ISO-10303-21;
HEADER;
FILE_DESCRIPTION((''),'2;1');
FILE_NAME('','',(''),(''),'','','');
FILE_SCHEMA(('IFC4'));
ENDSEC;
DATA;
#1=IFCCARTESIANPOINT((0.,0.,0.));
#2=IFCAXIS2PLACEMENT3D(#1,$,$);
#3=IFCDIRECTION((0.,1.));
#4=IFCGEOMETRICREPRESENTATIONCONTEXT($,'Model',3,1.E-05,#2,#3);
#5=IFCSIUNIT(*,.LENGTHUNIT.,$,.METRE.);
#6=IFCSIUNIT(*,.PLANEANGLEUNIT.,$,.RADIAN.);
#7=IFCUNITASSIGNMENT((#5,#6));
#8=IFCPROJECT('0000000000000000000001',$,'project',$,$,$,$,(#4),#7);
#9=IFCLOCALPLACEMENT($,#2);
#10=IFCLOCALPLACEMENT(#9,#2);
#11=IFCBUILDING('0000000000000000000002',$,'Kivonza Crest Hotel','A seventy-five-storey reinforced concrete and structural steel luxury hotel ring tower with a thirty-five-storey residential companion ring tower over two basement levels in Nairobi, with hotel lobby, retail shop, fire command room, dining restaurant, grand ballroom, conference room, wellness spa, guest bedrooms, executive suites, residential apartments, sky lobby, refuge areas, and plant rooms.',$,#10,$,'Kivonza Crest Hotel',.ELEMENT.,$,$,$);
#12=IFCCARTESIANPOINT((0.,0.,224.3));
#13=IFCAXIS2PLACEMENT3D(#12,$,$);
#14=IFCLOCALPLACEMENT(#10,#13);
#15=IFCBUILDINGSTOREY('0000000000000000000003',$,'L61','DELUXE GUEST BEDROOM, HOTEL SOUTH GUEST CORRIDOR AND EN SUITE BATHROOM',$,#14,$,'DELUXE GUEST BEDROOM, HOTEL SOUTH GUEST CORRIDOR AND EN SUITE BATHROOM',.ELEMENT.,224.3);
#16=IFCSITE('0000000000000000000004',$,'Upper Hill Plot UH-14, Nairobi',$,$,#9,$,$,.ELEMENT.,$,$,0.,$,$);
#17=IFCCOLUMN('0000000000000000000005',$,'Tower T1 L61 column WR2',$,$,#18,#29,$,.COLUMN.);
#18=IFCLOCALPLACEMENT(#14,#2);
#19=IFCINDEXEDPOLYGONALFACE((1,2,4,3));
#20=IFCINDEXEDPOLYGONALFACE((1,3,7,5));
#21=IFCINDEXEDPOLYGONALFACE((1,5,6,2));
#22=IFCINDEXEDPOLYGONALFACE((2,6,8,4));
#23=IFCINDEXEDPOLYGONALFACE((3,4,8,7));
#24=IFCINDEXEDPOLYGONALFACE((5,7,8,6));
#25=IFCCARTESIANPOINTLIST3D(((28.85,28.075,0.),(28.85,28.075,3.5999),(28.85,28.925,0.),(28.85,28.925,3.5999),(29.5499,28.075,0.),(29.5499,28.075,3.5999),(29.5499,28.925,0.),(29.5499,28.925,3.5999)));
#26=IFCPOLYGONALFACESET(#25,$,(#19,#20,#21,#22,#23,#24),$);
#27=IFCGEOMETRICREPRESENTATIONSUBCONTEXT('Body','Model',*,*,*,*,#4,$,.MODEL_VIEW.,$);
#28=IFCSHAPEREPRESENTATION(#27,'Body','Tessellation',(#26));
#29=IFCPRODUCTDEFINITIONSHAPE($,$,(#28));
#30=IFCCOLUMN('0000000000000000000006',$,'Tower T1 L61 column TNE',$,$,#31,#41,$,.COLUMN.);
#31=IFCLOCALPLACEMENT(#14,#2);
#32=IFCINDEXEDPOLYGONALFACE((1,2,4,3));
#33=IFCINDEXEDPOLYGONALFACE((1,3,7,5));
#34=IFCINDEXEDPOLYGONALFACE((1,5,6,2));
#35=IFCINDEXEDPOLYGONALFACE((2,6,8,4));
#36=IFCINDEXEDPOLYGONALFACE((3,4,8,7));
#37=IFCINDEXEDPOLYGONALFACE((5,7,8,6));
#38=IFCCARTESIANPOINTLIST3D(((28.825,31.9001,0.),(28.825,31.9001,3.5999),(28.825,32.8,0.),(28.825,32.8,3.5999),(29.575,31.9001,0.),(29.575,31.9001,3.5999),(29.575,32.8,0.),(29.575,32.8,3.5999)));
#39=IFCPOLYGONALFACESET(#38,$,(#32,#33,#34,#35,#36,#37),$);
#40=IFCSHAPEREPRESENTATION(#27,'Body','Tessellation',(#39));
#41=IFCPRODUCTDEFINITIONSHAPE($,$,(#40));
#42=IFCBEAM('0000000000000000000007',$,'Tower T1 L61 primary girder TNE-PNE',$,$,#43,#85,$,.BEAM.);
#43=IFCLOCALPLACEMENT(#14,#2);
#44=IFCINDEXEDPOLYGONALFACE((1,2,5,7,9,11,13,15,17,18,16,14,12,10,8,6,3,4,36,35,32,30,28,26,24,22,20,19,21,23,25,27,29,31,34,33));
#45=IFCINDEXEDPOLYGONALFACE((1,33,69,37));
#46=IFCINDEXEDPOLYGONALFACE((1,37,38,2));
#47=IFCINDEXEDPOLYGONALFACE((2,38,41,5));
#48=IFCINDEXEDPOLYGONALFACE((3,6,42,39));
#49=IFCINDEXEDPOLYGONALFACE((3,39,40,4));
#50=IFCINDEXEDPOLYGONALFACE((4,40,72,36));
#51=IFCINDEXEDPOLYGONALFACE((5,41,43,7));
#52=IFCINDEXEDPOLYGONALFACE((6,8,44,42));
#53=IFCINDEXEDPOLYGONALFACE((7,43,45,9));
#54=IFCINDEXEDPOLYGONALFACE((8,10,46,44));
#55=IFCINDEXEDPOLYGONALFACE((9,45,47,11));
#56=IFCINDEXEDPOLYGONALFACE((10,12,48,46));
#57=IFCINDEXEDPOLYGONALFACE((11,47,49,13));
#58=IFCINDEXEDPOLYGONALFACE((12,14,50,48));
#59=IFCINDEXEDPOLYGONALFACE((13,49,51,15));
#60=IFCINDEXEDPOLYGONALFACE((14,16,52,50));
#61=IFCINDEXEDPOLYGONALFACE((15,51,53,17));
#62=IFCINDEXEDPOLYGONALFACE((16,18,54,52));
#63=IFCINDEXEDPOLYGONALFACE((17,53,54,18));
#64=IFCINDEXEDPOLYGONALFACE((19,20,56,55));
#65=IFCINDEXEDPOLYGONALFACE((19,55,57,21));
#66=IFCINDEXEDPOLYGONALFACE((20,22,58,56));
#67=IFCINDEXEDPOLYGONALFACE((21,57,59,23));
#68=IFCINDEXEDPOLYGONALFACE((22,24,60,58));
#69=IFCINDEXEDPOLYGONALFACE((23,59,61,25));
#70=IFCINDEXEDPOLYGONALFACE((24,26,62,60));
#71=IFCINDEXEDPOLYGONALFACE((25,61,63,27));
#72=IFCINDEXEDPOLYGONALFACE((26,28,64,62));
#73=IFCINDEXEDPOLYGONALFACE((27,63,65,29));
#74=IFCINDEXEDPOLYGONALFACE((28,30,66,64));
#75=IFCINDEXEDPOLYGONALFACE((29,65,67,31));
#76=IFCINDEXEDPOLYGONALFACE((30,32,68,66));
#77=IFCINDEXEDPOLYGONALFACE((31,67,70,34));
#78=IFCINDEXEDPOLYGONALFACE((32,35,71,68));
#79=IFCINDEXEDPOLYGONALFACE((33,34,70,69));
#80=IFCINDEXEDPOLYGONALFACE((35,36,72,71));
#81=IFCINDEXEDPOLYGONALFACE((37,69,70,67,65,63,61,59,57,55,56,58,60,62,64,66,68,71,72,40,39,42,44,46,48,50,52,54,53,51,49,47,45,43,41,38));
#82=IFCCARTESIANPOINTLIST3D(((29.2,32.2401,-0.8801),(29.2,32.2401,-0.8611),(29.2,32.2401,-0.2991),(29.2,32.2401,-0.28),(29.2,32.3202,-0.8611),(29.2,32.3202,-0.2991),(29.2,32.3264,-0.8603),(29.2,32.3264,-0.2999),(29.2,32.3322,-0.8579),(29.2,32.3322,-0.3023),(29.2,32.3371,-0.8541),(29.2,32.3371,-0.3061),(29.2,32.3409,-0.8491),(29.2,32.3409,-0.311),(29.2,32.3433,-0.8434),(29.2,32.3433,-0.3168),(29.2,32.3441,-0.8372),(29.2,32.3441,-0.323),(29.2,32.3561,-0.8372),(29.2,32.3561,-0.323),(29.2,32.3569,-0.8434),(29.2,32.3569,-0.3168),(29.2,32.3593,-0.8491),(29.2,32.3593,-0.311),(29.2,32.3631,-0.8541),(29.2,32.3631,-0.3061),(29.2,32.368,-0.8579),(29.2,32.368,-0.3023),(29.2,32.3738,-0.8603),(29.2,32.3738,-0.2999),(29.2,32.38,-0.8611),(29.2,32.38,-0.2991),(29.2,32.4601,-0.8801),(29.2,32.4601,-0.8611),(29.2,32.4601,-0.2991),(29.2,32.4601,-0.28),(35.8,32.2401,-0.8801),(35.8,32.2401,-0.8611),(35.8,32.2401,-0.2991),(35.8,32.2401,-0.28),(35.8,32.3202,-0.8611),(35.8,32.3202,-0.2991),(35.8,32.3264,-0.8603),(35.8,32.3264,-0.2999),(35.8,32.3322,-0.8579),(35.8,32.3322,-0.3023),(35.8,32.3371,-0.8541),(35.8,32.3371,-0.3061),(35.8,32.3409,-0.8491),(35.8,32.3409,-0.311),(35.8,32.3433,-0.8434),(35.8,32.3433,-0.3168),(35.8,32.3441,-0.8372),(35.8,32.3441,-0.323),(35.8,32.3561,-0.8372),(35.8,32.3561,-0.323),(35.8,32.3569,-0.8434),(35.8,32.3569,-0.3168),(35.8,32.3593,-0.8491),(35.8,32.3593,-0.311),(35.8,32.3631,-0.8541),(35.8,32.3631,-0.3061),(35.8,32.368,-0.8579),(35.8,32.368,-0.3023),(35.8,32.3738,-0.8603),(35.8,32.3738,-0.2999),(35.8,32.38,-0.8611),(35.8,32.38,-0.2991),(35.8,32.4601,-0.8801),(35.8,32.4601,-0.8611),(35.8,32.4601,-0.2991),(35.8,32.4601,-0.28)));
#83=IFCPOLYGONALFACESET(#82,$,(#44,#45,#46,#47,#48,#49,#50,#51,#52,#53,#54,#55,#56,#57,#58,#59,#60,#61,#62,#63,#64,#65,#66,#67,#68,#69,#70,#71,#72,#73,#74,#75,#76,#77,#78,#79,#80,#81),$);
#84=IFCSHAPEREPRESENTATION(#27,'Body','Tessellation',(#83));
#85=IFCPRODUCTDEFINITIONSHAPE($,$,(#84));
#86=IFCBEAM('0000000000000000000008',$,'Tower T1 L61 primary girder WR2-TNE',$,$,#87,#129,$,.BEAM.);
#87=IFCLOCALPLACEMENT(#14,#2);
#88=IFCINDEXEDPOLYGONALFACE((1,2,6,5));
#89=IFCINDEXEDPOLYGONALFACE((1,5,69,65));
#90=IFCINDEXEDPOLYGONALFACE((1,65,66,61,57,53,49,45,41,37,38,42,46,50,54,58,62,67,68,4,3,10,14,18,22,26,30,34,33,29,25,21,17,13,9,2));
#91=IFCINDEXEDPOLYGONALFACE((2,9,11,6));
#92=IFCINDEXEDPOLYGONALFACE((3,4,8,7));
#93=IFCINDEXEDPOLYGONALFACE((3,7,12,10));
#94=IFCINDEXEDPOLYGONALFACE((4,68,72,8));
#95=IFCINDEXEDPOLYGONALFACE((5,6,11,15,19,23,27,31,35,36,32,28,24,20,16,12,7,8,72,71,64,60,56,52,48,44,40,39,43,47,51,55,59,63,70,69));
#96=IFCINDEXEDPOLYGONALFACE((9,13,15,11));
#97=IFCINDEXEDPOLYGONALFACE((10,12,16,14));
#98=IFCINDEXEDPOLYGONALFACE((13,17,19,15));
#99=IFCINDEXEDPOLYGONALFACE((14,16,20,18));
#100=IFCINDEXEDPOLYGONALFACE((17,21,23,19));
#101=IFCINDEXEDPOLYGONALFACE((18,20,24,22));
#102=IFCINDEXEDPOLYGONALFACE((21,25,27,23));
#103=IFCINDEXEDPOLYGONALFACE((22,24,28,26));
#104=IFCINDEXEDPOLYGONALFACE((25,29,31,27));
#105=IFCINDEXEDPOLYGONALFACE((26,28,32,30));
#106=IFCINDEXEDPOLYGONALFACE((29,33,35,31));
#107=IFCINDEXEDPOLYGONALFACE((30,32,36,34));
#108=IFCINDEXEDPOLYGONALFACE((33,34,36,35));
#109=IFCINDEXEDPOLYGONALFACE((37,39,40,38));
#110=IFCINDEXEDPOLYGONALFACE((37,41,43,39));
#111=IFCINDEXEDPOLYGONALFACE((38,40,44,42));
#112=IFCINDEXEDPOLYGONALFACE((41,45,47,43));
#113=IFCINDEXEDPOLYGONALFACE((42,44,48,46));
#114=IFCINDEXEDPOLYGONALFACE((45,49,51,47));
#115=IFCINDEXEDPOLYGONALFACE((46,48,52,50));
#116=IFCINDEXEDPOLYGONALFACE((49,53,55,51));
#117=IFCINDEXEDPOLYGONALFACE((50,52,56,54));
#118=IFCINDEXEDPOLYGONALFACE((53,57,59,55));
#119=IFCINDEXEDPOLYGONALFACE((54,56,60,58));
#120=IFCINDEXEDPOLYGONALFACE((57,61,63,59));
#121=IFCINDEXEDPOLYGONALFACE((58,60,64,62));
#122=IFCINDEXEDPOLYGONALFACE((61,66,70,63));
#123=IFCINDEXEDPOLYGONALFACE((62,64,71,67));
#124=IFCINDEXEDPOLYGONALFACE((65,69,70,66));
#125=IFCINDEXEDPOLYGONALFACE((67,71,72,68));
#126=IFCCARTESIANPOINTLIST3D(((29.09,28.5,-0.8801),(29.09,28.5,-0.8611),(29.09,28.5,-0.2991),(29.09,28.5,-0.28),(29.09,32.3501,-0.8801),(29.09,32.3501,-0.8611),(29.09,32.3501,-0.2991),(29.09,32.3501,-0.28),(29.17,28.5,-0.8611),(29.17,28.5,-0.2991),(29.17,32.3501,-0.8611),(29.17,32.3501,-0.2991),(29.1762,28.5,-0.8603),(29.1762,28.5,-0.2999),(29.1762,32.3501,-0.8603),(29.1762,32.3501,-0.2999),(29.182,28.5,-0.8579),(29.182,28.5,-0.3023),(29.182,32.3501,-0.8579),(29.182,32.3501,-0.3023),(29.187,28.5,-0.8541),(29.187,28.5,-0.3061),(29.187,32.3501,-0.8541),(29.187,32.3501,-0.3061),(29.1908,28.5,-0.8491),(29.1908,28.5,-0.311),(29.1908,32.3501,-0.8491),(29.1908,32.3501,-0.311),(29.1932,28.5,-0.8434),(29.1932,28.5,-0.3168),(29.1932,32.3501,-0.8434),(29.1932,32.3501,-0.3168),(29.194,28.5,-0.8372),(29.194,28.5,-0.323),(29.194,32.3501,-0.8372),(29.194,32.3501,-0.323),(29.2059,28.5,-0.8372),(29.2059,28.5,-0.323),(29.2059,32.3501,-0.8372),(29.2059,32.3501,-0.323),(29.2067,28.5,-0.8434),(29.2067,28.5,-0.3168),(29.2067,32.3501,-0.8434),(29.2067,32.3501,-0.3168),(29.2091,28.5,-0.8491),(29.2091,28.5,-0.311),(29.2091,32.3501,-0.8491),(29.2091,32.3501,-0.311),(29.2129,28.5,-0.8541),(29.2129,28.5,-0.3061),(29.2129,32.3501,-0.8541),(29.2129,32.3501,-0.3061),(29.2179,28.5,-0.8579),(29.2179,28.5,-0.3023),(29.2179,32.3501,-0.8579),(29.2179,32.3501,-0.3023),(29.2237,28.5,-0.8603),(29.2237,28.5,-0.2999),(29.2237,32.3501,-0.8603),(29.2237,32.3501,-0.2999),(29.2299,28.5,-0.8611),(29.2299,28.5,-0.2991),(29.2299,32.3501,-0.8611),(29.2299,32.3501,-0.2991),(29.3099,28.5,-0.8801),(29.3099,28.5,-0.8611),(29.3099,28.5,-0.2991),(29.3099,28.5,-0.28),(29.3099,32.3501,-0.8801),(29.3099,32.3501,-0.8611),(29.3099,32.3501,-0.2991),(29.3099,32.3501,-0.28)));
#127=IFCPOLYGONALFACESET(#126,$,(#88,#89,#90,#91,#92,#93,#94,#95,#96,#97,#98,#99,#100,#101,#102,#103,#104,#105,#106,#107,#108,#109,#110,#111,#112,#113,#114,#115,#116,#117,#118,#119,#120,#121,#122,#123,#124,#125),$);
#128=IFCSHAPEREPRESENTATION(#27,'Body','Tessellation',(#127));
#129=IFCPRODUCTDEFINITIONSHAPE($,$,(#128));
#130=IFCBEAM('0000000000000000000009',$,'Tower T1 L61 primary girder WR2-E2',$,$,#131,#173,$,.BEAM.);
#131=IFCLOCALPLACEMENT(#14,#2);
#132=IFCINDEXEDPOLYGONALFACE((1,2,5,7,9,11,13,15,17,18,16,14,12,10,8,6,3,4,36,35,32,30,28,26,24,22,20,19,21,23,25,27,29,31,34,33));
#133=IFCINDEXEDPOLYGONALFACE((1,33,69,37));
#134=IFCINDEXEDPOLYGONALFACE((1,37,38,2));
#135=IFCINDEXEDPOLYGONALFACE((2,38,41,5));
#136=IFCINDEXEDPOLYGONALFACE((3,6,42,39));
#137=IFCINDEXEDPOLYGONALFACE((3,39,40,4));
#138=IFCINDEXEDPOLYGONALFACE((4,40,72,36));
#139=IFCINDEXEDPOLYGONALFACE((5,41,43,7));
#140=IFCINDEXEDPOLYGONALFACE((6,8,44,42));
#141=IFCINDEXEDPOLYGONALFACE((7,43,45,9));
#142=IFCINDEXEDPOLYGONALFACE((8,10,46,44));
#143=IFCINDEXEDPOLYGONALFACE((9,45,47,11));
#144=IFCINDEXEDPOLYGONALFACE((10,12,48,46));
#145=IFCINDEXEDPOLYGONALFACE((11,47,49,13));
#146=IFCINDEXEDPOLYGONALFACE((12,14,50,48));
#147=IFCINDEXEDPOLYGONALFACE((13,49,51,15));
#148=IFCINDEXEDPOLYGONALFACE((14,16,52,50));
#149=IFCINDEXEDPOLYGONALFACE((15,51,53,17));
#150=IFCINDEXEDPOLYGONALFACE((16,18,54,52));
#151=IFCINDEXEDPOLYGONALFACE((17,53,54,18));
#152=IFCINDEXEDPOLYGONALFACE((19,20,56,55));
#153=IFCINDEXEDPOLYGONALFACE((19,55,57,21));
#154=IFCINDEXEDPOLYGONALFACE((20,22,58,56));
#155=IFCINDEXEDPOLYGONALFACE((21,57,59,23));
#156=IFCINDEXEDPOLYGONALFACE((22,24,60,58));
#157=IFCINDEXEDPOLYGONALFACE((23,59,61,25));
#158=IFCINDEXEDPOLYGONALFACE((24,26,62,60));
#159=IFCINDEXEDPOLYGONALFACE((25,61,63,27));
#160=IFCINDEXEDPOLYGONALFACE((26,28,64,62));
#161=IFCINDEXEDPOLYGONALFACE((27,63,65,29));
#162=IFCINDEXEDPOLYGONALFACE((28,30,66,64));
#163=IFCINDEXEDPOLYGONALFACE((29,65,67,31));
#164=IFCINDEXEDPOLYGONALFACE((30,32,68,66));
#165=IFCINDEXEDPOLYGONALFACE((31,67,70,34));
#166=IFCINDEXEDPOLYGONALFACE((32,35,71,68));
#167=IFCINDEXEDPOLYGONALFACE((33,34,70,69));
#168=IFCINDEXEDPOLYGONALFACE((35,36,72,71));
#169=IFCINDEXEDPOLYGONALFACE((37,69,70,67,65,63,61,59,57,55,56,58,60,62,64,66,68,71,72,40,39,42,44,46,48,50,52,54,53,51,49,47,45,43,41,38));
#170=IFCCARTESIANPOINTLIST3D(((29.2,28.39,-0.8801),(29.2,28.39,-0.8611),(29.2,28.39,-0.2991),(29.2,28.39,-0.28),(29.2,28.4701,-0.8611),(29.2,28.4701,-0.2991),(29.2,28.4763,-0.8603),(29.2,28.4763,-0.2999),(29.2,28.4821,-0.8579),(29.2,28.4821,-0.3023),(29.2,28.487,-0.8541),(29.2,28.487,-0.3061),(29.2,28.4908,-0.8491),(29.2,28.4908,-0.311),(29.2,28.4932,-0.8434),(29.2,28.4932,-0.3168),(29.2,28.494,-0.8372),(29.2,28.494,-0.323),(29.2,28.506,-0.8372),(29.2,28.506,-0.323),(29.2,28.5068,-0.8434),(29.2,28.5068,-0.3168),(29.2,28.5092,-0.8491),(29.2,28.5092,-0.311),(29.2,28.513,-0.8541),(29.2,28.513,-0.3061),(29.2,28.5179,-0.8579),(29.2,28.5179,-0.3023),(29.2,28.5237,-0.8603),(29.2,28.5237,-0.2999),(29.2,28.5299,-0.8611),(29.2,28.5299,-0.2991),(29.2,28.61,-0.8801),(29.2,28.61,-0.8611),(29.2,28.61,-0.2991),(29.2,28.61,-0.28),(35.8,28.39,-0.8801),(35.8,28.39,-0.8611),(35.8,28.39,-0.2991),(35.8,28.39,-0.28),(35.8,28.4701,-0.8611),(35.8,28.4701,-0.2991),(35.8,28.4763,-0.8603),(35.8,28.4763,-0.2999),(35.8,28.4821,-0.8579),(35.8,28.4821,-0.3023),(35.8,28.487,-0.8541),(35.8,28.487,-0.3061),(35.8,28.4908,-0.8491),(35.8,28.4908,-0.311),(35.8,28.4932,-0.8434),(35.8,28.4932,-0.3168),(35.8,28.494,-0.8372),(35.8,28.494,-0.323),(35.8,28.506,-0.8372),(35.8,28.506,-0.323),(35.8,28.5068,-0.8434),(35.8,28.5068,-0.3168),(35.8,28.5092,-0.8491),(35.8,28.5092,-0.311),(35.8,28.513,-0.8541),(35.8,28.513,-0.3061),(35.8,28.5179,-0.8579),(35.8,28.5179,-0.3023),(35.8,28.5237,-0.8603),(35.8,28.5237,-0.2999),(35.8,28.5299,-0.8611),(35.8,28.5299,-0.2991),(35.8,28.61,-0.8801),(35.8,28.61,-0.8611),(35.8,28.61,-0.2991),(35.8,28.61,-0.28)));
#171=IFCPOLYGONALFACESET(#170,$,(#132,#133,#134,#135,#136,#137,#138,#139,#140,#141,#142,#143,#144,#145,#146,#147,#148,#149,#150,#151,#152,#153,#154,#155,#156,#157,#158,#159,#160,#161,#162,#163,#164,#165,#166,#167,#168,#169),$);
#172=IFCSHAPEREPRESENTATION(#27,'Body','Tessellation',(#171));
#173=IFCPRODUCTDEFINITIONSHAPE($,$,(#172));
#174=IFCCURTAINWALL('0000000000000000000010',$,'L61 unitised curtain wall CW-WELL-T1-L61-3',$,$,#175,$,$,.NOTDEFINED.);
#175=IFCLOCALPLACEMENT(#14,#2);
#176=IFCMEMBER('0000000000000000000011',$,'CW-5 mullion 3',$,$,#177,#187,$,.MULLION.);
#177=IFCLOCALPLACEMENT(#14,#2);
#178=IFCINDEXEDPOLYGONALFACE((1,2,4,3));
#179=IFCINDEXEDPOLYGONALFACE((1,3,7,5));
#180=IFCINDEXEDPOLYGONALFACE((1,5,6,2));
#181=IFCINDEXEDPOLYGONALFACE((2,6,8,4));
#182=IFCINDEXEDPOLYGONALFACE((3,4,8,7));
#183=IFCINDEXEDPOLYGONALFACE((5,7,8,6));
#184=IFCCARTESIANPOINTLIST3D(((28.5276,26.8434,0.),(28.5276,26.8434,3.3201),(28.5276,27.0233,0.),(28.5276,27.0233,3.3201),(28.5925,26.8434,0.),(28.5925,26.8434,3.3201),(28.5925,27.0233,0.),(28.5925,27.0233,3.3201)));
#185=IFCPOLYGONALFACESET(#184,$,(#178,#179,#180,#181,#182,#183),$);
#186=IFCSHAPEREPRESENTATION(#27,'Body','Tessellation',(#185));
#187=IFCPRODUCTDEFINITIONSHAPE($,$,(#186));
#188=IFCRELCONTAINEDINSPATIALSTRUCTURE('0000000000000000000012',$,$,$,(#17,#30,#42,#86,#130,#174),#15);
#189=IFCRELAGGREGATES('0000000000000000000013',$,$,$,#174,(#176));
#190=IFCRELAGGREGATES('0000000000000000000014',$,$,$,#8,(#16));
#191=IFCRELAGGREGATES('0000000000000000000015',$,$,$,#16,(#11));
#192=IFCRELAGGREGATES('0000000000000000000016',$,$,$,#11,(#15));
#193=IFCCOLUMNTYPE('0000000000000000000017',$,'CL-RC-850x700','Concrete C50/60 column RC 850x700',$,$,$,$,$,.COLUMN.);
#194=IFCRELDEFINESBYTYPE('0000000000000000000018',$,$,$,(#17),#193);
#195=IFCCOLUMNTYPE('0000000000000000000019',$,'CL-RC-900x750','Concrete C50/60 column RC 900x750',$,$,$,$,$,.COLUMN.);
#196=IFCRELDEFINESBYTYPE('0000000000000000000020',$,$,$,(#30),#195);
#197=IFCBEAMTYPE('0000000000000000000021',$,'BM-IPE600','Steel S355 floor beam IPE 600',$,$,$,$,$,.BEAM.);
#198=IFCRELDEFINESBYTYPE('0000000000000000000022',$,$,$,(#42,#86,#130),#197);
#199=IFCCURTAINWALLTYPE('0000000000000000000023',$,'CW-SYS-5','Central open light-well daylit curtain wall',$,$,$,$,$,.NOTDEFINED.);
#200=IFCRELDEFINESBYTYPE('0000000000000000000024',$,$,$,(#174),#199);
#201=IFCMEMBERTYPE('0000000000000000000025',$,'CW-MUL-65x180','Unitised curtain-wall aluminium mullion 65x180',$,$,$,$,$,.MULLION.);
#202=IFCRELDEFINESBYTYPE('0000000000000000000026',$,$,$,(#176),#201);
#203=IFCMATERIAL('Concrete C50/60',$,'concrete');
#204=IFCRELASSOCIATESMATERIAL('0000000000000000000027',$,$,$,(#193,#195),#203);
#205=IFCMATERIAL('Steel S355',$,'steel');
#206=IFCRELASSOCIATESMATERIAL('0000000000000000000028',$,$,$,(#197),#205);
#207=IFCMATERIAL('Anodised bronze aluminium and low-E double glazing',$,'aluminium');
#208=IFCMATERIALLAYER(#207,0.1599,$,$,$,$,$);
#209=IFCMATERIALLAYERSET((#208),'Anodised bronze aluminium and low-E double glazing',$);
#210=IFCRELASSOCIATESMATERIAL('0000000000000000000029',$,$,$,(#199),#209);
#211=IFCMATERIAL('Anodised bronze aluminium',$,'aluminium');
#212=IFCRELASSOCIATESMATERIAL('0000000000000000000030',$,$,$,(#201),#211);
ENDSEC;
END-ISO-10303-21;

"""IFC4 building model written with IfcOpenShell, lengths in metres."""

from ifc_helpers import new_model, si_unit, direction, frame, origin, origin_2d, place, context, subcontext, project, spatial, rectangle, i_section, extrude, material, layer, layer_set, material_profile, profile_set, type_object, element, aggregate, save


model = new_model("IFC4")

# Units and contexts
model_context = context("Model", 3, precision=1e-05, world=origin(), true_north=direction((0.0, 1.0)))
body_context = subcontext(model_context, "Body", "Model", "MODEL_VIEW")
ifc_project = project(units=[si_unit("LENGTHUNIT", "METRE"), si_unit("PLANEANGLEUNIT", "RADIAN")], contexts=[model_context])

# Site, building, storey
site_placement = place(None, origin())
site = spatial("IfcSite", under=ifc_project, at=site_placement, Name="Upper Hill Plot UH-14, Nairobi", CompositionType="ELEMENT", RefElevation=0.0)
building_placement = place(site_placement, origin())
building = spatial("IfcBuilding", under=site, at=building_placement, Name="Kivonza Crest Hotel", Description="A seventy-five-storey reinforced concrete and structural steel luxury hotel ring tower with a thirty-five-storey residential companion ring tower over two basement levels in Nairobi, with hotel lobby, retail shop, fire command room, dining restaurant, grand ballroom, conference room, wellness spa, guest bedrooms, executive suites, residential apartments, sky lobby, refuge areas, and plant rooms.", LongName="Kivonza Crest Hotel", CompositionType="ELEMENT")
storey_placement = place(building_placement, frame((0.0, 0.0, 224.3)))
storey = spatial("IfcBuildingStorey", under=building, at=storey_placement, Name="L61", Description="DELUXE GUEST BEDROOM, HOTEL SOUTH GUEST CORRIDOR AND EN SUITE BATHROOM", LongName="DELUXE GUEST BEDROOM, HOTEL SOUTH GUEST CORRIDOR AND EN SUITE BATHROOM", CompositionType="ELEMENT", Elevation=224.3)

# Columns
ifc_material_1 = material(Name="Concrete C50/60", Category="concrete")
ifc_material_profile_1 = material_profile(ifc_material_1, rectangle(XDim=0.7, YDim=0.8501, at=origin_2d()), Name="RC 850x700")
ifc_profile_set_1 = profile_set([ifc_material_profile_1], Name="Concrete C50/60")
column_type_1 = type_object("IfcColumnType", Name="CL-RC-850x700", Description="Concrete C50/60 column RC 850x700", PredefinedType="COLUMN", material=ifc_profile_set_1)
column_1_placement = place(storey_placement, frame((29.2, 28.5, 0.0), z_axis=(0.0, 0.0, 1.0), x_axis=(1.0, 0.0, 0.0)))
element("IfcColumn", 1, at=column_1_placement, inside=storey, type_object=column_type_1, Name="Tower T1 L61 column WR2", PredefinedType="COLUMN", context=body_context, shape_type="SweptSolid", body=[
    extrude(rectangle(XDim=0.7, YDim=0.8501, at=origin_2d()), origin(), (0.0, 0.0, 1.0), 3.5999),
])
ifc_material_profile_2 = material_profile(ifc_material_1, rectangle(XDim=0.75, YDim=0.8999, at=origin_2d()), Name="RC 900x750")
ifc_profile_set_2 = profile_set([ifc_material_profile_2], Name="Concrete C50/60")
column_type_2 = type_object("IfcColumnType", Name="CL-RC-900x750", Description="Concrete C50/60 column RC 900x750", PredefinedType="COLUMN", material=ifc_profile_set_2)
column_2_placement = place(storey_placement, frame((29.2, 32.3501, 0.0), z_axis=(0.0, 0.0, 1.0), x_axis=(1.0, 0.0, 0.0)))
element("IfcColumn", 2, at=column_2_placement, inside=storey, type_object=column_type_2, Name="Tower T1 L61 column TNE", PredefinedType="COLUMN", context=body_context, shape_type="SweptSolid", body=[
    extrude(rectangle(XDim=0.75, YDim=0.8999, at=origin_2d()), origin(), (0.0, 0.0, 1.0), 3.5999),
])

# Beams
ifc_material_2 = material(Name="Steel S355", Category="steel")
ifc_material_profile_3 = material_profile(ifc_material_2, i_section(OverallWidth=0.22, OverallDepth=0.6001, WebThickness=0.012, FlangeThickness=0.019, FilletRadius=0.0239, at=origin_2d()), Name="IPE 600")
ifc_profile_set_3 = profile_set([ifc_material_profile_3], Name="Steel S355")
beam_type = type_object("IfcBeamType", Name="BM-IPE600", Description="Steel S355 floor beam IPE 600", PredefinedType="BEAM", material=ifc_profile_set_3)
beam_1_placement = place(storey_placement, frame((29.2, 32.3501, -0.5801), z_axis=(1.0, 0.0, 0.0), x_axis=(0.0, 1.0, 0.0)))
element("IfcBeam", 3, at=beam_1_placement, inside=storey, type_object=beam_type, Name="Tower T1 L61 primary girder TNE-PNE", PredefinedType="BEAM", context=body_context, shape_type="SweptSolid", body=[
    extrude(i_section(OverallWidth=0.22, OverallDepth=0.6001, WebThickness=0.012, FlangeThickness=0.019, FilletRadius=0.0239, at=origin_2d()), origin(), (0.0, 0.0, 1.0), 6.6001),
])
beam_2_placement = place(storey_placement, frame((29.2, 28.5, -0.5801), z_axis=(0.0, 1.0, 0.0), x_axis=(-1.0, 0.0, 0.0)))
element("IfcBeam", 4, at=beam_2_placement, inside=storey, type_object=beam_type, Name="Tower T1 L61 primary girder WR2-TNE", PredefinedType="BEAM", context=body_context, shape_type="SweptSolid", body=[
    extrude(i_section(OverallWidth=0.22, OverallDepth=0.6001, WebThickness=0.012, FlangeThickness=0.019, FilletRadius=0.0239, at=origin_2d()), origin(), (0.0, 0.0, 1.0), 3.8501),
])
beam_3_placement = place(storey_placement, frame((29.2, 28.5, -0.5801), z_axis=(1.0, 0.0, 0.0), x_axis=(0.0, 1.0, 0.0)))
element("IfcBeam", 5, at=beam_3_placement, inside=storey, type_object=beam_type, Name="Tower T1 L61 primary girder WR2-E2", PredefinedType="BEAM", context=body_context, shape_type="SweptSolid", body=[
    extrude(i_section(OverallWidth=0.22, OverallDepth=0.6001, WebThickness=0.012, FlangeThickness=0.019, FilletRadius=0.0239, at=origin_2d()), origin(), (0.0, 0.0, 1.0), 6.6001),
])

# Curtain wall, member
ifc_material_3 = material(Name="Anodised bronze aluminium and low-E double glazing", Category="aluminium")
ifc_layer_1 = layer(ifc_material_3, 0.1599)
ifc_layer_set_1 = layer_set([ifc_layer_1], Name="Anodised bronze aluminium and low-E double glazing")
curtain_wall_type = type_object("IfcCurtainWallType", Name="CW-SYS-5", Description="Central open light-well daylit curtain wall", PredefinedType="NOTDEFINED", material=ifc_layer_set_1)
curtain_wall_placement = place(storey_placement, origin())
curtain_wall = element("IfcCurtainWall", 6, at=curtain_wall_placement, inside=storey, type_object=curtain_wall_type, Name="L61 unitised curtain wall CW-WELL-T1-L61-3", PredefinedType="NOTDEFINED")
ifc_material_4 = material(Name="Anodised bronze aluminium", Category="aluminium")
ifc_material_profile_4 = material_profile(ifc_material_4, rectangle(XDim=0.0649, YDim=0.1799, at=origin_2d()), Name="CW-M 65x180")
ifc_profile_set_4 = profile_set([ifc_material_profile_4], Name="Anodised bronze aluminium")
member_type_1 = type_object("IfcMemberType", Name="CW-MUL-65x180", Description="Unitised curtain-wall aluminium mullion 65x180", PredefinedType="MULLION", material=ifc_profile_set_4)
member_1_placement = place(storey_placement, frame((28.5601, 26.9333, 0.0), z_axis=(0.0, 0.0, 1.0), x_axis=(-1.0, 0.0, 0.0)))
member_1 = element("IfcMember", 7, at=member_1_placement, type_object=member_type_1, Name="CW-5 mullion 3", PredefinedType="MULLION", context=body_context, shape_type="SweptSolid", body=[
    extrude(rectangle(XDim=0.0649, YDim=0.1799, at=origin_2d()), origin(), (0.0, 0.0, 1.0), 3.3201),
])
aggregate(curtain_wall, [member_1])

save(model, "model.ifc")
